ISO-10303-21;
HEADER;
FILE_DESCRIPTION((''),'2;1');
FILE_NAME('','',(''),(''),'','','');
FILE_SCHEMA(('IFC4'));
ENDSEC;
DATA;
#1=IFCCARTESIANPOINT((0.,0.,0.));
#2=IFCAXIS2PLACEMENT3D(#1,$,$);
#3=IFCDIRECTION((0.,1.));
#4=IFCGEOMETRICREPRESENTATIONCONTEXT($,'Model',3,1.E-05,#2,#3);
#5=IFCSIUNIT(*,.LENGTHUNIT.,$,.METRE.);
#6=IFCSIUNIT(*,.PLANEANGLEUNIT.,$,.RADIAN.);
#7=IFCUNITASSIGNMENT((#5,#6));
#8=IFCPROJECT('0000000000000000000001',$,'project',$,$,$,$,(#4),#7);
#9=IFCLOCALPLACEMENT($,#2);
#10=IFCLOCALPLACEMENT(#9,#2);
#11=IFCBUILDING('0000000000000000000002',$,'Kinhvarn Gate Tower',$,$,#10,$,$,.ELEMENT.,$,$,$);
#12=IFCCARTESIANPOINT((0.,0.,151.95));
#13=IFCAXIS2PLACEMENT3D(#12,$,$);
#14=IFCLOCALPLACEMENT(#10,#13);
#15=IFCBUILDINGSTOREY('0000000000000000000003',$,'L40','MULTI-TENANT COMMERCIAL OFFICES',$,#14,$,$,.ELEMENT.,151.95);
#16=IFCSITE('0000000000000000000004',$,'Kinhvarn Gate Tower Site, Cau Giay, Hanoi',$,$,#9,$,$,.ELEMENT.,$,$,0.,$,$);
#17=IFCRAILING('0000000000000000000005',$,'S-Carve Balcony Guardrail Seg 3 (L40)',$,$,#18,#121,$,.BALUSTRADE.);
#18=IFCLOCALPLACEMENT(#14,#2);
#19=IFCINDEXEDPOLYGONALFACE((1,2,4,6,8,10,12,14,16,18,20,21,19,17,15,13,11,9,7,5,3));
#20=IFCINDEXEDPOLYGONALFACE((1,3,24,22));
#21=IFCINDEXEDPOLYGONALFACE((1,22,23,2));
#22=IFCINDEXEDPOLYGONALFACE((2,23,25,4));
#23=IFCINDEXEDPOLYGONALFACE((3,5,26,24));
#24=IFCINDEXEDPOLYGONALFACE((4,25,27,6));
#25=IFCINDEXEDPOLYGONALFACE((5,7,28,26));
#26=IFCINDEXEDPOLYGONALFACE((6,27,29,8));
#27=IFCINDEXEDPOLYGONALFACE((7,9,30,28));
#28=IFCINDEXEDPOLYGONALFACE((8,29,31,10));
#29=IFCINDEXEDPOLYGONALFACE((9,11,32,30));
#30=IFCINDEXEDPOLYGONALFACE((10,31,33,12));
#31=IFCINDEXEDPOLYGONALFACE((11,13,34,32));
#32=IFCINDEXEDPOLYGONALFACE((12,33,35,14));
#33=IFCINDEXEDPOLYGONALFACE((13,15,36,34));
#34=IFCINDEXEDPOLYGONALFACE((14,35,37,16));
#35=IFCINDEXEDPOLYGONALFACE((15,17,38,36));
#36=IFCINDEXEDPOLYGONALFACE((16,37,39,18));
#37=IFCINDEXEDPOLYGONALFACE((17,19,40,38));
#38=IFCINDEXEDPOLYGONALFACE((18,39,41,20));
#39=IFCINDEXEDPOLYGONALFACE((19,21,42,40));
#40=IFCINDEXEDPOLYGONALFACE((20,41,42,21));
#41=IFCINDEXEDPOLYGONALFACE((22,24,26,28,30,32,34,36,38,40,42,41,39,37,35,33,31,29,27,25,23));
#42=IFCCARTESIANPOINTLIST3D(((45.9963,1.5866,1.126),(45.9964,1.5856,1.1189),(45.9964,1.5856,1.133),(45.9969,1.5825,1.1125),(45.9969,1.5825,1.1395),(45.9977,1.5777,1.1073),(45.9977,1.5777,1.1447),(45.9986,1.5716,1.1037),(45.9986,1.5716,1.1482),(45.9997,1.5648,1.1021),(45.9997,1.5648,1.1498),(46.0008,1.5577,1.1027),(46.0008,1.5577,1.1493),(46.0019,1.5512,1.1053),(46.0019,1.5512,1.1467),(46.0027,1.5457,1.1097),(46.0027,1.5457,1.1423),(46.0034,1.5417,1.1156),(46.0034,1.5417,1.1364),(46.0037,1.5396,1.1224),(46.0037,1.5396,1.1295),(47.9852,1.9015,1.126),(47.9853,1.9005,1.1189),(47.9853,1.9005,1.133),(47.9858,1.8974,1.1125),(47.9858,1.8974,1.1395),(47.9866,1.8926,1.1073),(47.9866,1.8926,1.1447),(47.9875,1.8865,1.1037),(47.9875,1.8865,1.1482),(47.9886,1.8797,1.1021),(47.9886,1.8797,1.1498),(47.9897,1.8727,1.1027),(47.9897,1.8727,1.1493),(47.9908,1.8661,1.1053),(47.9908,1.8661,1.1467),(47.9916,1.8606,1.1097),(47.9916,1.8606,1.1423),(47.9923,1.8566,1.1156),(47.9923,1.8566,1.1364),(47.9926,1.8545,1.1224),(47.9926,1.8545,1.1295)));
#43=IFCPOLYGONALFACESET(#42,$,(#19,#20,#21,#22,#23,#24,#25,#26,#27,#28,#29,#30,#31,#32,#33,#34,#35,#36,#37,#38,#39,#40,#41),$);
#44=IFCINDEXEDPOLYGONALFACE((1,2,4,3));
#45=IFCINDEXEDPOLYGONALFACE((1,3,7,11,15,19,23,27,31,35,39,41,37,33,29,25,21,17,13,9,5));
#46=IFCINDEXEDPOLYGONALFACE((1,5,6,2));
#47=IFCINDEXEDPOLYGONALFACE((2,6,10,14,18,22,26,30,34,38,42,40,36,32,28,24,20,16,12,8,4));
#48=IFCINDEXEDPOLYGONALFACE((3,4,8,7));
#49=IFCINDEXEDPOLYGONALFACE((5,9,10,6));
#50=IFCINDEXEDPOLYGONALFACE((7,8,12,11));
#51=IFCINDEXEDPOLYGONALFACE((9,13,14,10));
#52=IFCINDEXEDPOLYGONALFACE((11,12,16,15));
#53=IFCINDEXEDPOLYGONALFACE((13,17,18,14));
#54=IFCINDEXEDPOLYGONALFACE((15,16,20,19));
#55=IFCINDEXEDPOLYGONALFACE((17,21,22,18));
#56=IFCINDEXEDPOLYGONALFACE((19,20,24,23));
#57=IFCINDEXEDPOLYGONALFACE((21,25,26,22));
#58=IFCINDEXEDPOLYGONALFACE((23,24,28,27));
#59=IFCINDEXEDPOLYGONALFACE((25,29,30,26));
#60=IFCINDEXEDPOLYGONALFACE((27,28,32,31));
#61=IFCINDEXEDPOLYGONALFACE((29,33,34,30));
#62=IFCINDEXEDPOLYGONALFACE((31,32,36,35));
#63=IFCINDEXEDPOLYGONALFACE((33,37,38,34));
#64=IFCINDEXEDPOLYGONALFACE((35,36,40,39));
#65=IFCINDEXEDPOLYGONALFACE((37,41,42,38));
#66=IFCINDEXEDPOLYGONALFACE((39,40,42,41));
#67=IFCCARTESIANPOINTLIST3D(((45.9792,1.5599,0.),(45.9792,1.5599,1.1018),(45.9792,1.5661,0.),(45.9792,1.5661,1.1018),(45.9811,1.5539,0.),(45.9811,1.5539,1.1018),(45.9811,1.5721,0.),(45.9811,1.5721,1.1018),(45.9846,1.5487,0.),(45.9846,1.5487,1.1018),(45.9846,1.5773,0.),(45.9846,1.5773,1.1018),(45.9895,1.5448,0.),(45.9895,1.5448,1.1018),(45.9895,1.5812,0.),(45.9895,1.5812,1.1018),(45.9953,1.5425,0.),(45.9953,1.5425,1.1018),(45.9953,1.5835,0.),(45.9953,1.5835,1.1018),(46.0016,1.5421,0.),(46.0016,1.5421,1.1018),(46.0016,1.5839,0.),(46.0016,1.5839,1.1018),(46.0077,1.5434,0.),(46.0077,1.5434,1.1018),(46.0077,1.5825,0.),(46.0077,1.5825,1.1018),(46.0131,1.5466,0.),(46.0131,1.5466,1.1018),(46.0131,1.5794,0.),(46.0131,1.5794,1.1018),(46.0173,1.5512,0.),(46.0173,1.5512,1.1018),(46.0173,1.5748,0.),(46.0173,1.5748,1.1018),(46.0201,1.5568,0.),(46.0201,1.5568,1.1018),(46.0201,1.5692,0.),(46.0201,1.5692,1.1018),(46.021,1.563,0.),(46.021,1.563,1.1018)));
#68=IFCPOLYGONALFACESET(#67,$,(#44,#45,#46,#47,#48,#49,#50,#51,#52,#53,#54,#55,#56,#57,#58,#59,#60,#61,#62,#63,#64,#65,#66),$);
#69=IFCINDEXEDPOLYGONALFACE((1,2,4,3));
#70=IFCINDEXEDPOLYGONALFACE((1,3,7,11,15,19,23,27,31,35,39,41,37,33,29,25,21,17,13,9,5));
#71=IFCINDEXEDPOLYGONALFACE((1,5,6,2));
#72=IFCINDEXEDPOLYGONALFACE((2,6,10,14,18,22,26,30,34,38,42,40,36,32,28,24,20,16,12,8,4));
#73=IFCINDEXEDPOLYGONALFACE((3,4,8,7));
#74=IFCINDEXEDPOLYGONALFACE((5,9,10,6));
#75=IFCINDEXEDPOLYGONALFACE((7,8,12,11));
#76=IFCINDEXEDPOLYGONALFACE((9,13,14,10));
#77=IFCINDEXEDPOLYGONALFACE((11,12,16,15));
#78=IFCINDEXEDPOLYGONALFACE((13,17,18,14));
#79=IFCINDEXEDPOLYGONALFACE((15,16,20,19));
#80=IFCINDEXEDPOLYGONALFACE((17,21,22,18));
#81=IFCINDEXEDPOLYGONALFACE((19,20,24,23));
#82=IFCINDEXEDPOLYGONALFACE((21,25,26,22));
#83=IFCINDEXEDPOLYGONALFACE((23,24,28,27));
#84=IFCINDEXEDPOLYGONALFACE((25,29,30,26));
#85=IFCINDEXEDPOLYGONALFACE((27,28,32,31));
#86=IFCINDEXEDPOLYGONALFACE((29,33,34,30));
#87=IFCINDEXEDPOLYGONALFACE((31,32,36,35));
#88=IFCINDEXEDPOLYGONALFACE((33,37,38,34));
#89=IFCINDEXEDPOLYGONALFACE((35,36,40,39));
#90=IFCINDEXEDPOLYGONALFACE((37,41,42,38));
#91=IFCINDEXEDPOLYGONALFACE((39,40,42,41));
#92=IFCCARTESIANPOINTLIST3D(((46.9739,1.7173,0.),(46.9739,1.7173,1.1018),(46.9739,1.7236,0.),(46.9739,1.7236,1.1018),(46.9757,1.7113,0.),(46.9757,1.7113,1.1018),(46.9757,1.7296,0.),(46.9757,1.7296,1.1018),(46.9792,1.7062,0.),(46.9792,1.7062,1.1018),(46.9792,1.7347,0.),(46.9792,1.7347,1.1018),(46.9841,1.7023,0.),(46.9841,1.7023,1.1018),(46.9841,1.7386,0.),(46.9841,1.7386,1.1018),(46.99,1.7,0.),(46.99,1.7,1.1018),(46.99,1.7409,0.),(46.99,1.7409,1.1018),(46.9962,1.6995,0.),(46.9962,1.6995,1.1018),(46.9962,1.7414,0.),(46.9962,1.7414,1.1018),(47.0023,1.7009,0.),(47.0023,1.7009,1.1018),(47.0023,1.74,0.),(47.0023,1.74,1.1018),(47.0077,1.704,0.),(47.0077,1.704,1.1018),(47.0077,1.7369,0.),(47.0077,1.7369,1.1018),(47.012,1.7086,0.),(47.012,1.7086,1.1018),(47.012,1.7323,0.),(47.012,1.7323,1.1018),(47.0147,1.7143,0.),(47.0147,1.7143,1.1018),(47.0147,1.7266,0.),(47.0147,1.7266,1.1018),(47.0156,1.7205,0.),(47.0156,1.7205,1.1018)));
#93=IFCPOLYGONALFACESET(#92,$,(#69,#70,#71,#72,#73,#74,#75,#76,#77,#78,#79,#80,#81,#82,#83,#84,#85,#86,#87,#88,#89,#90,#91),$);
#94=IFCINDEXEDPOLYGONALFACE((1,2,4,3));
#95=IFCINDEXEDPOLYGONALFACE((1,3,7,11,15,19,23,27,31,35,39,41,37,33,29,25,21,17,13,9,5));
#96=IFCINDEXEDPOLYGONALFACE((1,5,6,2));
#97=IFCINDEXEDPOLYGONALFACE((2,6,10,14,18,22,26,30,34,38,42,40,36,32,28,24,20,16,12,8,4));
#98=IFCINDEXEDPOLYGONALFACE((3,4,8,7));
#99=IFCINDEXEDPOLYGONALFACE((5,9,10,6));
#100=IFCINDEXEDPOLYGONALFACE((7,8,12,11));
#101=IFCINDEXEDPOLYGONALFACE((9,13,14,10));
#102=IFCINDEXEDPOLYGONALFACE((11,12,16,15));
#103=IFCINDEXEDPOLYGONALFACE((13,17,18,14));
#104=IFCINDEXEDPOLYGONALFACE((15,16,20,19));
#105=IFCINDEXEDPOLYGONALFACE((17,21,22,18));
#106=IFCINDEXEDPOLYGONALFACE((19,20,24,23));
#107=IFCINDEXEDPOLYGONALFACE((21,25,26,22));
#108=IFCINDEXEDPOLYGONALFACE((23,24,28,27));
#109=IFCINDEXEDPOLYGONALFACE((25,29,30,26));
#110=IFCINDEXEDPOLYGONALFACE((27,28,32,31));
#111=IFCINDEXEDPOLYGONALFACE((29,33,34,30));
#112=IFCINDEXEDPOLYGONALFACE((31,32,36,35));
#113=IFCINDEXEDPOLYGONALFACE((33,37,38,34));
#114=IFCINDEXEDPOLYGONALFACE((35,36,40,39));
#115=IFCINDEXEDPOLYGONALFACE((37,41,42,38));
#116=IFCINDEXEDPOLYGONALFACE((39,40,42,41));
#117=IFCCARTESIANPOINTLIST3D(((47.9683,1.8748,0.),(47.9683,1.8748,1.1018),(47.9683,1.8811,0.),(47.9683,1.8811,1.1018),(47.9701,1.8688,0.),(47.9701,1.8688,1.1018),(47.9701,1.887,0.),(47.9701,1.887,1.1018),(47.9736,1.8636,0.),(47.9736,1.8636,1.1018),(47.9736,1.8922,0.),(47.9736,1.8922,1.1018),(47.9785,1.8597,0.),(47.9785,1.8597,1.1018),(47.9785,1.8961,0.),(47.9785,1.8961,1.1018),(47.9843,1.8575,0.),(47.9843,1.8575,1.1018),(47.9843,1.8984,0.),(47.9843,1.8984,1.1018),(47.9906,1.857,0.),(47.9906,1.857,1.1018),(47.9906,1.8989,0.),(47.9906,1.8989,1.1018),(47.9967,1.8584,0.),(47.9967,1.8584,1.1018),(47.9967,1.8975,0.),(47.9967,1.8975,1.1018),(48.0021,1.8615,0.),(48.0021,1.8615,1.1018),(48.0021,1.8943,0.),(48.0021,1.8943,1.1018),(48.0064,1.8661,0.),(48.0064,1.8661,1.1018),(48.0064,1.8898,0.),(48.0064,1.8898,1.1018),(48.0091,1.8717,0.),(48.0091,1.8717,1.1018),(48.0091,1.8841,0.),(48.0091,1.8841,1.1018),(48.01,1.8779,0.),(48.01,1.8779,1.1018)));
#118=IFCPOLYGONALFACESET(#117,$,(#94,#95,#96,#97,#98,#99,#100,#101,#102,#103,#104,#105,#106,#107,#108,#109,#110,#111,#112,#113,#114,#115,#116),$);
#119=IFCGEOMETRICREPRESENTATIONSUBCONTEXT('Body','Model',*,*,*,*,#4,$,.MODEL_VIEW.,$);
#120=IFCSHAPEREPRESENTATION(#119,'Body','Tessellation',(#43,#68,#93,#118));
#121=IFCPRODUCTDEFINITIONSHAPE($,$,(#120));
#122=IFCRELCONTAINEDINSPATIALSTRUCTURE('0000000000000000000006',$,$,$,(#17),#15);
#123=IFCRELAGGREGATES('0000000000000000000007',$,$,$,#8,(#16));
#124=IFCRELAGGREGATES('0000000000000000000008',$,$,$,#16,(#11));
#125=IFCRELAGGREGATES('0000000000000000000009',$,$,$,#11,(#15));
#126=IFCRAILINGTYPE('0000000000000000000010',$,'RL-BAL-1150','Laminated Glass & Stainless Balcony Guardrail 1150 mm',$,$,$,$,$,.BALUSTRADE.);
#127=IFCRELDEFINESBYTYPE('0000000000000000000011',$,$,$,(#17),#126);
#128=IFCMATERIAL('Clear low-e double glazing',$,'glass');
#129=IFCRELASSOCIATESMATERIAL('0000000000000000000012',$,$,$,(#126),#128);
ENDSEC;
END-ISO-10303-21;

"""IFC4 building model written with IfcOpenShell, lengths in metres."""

from ifc_helpers import new_model, si_unit, direction, frame, origin, origin_2d, place, context, subcontext, project, spatial, circle, extrude, material, type_object, element, save


model = new_model("IFC4")

# Units and contexts
model_context = context("Model", 3, precision=1e-05, world=origin(), true_north=direction((0.0, 1.0)))
body_context = subcontext(model_context, "Body", "Model", "MODEL_VIEW")
ifc_project = project(units=[si_unit("LENGTHUNIT", "METRE"), si_unit("PLANEANGLEUNIT", "RADIAN")], contexts=[model_context])

# Site, building, storey
site_placement = place(None, origin())
site = spatial("IfcSite", under=ifc_project, at=site_placement, Name="Kinhvarn Gate Tower Site, Cau Giay, Hanoi", CompositionType="ELEMENT", RefElevation=0.0)
building_placement = place(site_placement, origin())
building = spatial("IfcBuilding", under=site, at=building_placement, Name="Kinhvarn Gate Tower", CompositionType="ELEMENT")
storey_placement = place(building_placement, frame((0.0, 0.0, 151.95)))
storey = spatial("IfcBuildingStorey", under=building, at=storey_placement, Name="L40", Description="MULTI-TENANT COMMERCIAL OFFICES", CompositionType="ELEMENT", Elevation=151.95)

# Shared definitions
ifc_material_1 = material(Name="Clear low-e double glazing", Category="glass")

# Railing
railing_type = type_object("IfcRailingType", Name="RL-BAL-1150", Description="Laminated Glass & Stainless Balcony Guardrail 1150 mm", PredefinedType="BALUSTRADE", material=ifc_material_1)
railing_1_placement = place(storey_placement, frame((46.0, 1.563, 0.0)))
element("IfcRailing", 1, at=railing_1_placement, inside=storey, type_object=railing_type, Name="S-Carve Balcony Guardrail Seg 3 (L40)", PredefinedType="BALUSTRADE", context=body_context, shape_type="SweptSolid", body=[
    extrude(circle(Radius=0.0239, at=origin_2d()), frame((0.0, 0.0, 1.126), z_axis=(0.987695, 0.156392, 0.0), x_axis=(-0.156392, 0.987695, 0.0)), (0.0, 0.0, 1.0), 2.0137),
    extrude(circle(Radius=0.021, at=origin_2d()), origin(), (0.0, 0.0, 1.0), 1.1018),
    extrude(circle(Radius=0.021, at=origin_2d()), frame((0.9946, 0.1575, 0.0)), (0.0, 0.0, 1.0), 1.1018),
    extrude(circle(Radius=0.021, at=origin_2d()), frame((1.989, 0.3149, 0.0)), (0.0, 0.0, 1.0), 1.1018),
])

save(model, "model.ifc")
